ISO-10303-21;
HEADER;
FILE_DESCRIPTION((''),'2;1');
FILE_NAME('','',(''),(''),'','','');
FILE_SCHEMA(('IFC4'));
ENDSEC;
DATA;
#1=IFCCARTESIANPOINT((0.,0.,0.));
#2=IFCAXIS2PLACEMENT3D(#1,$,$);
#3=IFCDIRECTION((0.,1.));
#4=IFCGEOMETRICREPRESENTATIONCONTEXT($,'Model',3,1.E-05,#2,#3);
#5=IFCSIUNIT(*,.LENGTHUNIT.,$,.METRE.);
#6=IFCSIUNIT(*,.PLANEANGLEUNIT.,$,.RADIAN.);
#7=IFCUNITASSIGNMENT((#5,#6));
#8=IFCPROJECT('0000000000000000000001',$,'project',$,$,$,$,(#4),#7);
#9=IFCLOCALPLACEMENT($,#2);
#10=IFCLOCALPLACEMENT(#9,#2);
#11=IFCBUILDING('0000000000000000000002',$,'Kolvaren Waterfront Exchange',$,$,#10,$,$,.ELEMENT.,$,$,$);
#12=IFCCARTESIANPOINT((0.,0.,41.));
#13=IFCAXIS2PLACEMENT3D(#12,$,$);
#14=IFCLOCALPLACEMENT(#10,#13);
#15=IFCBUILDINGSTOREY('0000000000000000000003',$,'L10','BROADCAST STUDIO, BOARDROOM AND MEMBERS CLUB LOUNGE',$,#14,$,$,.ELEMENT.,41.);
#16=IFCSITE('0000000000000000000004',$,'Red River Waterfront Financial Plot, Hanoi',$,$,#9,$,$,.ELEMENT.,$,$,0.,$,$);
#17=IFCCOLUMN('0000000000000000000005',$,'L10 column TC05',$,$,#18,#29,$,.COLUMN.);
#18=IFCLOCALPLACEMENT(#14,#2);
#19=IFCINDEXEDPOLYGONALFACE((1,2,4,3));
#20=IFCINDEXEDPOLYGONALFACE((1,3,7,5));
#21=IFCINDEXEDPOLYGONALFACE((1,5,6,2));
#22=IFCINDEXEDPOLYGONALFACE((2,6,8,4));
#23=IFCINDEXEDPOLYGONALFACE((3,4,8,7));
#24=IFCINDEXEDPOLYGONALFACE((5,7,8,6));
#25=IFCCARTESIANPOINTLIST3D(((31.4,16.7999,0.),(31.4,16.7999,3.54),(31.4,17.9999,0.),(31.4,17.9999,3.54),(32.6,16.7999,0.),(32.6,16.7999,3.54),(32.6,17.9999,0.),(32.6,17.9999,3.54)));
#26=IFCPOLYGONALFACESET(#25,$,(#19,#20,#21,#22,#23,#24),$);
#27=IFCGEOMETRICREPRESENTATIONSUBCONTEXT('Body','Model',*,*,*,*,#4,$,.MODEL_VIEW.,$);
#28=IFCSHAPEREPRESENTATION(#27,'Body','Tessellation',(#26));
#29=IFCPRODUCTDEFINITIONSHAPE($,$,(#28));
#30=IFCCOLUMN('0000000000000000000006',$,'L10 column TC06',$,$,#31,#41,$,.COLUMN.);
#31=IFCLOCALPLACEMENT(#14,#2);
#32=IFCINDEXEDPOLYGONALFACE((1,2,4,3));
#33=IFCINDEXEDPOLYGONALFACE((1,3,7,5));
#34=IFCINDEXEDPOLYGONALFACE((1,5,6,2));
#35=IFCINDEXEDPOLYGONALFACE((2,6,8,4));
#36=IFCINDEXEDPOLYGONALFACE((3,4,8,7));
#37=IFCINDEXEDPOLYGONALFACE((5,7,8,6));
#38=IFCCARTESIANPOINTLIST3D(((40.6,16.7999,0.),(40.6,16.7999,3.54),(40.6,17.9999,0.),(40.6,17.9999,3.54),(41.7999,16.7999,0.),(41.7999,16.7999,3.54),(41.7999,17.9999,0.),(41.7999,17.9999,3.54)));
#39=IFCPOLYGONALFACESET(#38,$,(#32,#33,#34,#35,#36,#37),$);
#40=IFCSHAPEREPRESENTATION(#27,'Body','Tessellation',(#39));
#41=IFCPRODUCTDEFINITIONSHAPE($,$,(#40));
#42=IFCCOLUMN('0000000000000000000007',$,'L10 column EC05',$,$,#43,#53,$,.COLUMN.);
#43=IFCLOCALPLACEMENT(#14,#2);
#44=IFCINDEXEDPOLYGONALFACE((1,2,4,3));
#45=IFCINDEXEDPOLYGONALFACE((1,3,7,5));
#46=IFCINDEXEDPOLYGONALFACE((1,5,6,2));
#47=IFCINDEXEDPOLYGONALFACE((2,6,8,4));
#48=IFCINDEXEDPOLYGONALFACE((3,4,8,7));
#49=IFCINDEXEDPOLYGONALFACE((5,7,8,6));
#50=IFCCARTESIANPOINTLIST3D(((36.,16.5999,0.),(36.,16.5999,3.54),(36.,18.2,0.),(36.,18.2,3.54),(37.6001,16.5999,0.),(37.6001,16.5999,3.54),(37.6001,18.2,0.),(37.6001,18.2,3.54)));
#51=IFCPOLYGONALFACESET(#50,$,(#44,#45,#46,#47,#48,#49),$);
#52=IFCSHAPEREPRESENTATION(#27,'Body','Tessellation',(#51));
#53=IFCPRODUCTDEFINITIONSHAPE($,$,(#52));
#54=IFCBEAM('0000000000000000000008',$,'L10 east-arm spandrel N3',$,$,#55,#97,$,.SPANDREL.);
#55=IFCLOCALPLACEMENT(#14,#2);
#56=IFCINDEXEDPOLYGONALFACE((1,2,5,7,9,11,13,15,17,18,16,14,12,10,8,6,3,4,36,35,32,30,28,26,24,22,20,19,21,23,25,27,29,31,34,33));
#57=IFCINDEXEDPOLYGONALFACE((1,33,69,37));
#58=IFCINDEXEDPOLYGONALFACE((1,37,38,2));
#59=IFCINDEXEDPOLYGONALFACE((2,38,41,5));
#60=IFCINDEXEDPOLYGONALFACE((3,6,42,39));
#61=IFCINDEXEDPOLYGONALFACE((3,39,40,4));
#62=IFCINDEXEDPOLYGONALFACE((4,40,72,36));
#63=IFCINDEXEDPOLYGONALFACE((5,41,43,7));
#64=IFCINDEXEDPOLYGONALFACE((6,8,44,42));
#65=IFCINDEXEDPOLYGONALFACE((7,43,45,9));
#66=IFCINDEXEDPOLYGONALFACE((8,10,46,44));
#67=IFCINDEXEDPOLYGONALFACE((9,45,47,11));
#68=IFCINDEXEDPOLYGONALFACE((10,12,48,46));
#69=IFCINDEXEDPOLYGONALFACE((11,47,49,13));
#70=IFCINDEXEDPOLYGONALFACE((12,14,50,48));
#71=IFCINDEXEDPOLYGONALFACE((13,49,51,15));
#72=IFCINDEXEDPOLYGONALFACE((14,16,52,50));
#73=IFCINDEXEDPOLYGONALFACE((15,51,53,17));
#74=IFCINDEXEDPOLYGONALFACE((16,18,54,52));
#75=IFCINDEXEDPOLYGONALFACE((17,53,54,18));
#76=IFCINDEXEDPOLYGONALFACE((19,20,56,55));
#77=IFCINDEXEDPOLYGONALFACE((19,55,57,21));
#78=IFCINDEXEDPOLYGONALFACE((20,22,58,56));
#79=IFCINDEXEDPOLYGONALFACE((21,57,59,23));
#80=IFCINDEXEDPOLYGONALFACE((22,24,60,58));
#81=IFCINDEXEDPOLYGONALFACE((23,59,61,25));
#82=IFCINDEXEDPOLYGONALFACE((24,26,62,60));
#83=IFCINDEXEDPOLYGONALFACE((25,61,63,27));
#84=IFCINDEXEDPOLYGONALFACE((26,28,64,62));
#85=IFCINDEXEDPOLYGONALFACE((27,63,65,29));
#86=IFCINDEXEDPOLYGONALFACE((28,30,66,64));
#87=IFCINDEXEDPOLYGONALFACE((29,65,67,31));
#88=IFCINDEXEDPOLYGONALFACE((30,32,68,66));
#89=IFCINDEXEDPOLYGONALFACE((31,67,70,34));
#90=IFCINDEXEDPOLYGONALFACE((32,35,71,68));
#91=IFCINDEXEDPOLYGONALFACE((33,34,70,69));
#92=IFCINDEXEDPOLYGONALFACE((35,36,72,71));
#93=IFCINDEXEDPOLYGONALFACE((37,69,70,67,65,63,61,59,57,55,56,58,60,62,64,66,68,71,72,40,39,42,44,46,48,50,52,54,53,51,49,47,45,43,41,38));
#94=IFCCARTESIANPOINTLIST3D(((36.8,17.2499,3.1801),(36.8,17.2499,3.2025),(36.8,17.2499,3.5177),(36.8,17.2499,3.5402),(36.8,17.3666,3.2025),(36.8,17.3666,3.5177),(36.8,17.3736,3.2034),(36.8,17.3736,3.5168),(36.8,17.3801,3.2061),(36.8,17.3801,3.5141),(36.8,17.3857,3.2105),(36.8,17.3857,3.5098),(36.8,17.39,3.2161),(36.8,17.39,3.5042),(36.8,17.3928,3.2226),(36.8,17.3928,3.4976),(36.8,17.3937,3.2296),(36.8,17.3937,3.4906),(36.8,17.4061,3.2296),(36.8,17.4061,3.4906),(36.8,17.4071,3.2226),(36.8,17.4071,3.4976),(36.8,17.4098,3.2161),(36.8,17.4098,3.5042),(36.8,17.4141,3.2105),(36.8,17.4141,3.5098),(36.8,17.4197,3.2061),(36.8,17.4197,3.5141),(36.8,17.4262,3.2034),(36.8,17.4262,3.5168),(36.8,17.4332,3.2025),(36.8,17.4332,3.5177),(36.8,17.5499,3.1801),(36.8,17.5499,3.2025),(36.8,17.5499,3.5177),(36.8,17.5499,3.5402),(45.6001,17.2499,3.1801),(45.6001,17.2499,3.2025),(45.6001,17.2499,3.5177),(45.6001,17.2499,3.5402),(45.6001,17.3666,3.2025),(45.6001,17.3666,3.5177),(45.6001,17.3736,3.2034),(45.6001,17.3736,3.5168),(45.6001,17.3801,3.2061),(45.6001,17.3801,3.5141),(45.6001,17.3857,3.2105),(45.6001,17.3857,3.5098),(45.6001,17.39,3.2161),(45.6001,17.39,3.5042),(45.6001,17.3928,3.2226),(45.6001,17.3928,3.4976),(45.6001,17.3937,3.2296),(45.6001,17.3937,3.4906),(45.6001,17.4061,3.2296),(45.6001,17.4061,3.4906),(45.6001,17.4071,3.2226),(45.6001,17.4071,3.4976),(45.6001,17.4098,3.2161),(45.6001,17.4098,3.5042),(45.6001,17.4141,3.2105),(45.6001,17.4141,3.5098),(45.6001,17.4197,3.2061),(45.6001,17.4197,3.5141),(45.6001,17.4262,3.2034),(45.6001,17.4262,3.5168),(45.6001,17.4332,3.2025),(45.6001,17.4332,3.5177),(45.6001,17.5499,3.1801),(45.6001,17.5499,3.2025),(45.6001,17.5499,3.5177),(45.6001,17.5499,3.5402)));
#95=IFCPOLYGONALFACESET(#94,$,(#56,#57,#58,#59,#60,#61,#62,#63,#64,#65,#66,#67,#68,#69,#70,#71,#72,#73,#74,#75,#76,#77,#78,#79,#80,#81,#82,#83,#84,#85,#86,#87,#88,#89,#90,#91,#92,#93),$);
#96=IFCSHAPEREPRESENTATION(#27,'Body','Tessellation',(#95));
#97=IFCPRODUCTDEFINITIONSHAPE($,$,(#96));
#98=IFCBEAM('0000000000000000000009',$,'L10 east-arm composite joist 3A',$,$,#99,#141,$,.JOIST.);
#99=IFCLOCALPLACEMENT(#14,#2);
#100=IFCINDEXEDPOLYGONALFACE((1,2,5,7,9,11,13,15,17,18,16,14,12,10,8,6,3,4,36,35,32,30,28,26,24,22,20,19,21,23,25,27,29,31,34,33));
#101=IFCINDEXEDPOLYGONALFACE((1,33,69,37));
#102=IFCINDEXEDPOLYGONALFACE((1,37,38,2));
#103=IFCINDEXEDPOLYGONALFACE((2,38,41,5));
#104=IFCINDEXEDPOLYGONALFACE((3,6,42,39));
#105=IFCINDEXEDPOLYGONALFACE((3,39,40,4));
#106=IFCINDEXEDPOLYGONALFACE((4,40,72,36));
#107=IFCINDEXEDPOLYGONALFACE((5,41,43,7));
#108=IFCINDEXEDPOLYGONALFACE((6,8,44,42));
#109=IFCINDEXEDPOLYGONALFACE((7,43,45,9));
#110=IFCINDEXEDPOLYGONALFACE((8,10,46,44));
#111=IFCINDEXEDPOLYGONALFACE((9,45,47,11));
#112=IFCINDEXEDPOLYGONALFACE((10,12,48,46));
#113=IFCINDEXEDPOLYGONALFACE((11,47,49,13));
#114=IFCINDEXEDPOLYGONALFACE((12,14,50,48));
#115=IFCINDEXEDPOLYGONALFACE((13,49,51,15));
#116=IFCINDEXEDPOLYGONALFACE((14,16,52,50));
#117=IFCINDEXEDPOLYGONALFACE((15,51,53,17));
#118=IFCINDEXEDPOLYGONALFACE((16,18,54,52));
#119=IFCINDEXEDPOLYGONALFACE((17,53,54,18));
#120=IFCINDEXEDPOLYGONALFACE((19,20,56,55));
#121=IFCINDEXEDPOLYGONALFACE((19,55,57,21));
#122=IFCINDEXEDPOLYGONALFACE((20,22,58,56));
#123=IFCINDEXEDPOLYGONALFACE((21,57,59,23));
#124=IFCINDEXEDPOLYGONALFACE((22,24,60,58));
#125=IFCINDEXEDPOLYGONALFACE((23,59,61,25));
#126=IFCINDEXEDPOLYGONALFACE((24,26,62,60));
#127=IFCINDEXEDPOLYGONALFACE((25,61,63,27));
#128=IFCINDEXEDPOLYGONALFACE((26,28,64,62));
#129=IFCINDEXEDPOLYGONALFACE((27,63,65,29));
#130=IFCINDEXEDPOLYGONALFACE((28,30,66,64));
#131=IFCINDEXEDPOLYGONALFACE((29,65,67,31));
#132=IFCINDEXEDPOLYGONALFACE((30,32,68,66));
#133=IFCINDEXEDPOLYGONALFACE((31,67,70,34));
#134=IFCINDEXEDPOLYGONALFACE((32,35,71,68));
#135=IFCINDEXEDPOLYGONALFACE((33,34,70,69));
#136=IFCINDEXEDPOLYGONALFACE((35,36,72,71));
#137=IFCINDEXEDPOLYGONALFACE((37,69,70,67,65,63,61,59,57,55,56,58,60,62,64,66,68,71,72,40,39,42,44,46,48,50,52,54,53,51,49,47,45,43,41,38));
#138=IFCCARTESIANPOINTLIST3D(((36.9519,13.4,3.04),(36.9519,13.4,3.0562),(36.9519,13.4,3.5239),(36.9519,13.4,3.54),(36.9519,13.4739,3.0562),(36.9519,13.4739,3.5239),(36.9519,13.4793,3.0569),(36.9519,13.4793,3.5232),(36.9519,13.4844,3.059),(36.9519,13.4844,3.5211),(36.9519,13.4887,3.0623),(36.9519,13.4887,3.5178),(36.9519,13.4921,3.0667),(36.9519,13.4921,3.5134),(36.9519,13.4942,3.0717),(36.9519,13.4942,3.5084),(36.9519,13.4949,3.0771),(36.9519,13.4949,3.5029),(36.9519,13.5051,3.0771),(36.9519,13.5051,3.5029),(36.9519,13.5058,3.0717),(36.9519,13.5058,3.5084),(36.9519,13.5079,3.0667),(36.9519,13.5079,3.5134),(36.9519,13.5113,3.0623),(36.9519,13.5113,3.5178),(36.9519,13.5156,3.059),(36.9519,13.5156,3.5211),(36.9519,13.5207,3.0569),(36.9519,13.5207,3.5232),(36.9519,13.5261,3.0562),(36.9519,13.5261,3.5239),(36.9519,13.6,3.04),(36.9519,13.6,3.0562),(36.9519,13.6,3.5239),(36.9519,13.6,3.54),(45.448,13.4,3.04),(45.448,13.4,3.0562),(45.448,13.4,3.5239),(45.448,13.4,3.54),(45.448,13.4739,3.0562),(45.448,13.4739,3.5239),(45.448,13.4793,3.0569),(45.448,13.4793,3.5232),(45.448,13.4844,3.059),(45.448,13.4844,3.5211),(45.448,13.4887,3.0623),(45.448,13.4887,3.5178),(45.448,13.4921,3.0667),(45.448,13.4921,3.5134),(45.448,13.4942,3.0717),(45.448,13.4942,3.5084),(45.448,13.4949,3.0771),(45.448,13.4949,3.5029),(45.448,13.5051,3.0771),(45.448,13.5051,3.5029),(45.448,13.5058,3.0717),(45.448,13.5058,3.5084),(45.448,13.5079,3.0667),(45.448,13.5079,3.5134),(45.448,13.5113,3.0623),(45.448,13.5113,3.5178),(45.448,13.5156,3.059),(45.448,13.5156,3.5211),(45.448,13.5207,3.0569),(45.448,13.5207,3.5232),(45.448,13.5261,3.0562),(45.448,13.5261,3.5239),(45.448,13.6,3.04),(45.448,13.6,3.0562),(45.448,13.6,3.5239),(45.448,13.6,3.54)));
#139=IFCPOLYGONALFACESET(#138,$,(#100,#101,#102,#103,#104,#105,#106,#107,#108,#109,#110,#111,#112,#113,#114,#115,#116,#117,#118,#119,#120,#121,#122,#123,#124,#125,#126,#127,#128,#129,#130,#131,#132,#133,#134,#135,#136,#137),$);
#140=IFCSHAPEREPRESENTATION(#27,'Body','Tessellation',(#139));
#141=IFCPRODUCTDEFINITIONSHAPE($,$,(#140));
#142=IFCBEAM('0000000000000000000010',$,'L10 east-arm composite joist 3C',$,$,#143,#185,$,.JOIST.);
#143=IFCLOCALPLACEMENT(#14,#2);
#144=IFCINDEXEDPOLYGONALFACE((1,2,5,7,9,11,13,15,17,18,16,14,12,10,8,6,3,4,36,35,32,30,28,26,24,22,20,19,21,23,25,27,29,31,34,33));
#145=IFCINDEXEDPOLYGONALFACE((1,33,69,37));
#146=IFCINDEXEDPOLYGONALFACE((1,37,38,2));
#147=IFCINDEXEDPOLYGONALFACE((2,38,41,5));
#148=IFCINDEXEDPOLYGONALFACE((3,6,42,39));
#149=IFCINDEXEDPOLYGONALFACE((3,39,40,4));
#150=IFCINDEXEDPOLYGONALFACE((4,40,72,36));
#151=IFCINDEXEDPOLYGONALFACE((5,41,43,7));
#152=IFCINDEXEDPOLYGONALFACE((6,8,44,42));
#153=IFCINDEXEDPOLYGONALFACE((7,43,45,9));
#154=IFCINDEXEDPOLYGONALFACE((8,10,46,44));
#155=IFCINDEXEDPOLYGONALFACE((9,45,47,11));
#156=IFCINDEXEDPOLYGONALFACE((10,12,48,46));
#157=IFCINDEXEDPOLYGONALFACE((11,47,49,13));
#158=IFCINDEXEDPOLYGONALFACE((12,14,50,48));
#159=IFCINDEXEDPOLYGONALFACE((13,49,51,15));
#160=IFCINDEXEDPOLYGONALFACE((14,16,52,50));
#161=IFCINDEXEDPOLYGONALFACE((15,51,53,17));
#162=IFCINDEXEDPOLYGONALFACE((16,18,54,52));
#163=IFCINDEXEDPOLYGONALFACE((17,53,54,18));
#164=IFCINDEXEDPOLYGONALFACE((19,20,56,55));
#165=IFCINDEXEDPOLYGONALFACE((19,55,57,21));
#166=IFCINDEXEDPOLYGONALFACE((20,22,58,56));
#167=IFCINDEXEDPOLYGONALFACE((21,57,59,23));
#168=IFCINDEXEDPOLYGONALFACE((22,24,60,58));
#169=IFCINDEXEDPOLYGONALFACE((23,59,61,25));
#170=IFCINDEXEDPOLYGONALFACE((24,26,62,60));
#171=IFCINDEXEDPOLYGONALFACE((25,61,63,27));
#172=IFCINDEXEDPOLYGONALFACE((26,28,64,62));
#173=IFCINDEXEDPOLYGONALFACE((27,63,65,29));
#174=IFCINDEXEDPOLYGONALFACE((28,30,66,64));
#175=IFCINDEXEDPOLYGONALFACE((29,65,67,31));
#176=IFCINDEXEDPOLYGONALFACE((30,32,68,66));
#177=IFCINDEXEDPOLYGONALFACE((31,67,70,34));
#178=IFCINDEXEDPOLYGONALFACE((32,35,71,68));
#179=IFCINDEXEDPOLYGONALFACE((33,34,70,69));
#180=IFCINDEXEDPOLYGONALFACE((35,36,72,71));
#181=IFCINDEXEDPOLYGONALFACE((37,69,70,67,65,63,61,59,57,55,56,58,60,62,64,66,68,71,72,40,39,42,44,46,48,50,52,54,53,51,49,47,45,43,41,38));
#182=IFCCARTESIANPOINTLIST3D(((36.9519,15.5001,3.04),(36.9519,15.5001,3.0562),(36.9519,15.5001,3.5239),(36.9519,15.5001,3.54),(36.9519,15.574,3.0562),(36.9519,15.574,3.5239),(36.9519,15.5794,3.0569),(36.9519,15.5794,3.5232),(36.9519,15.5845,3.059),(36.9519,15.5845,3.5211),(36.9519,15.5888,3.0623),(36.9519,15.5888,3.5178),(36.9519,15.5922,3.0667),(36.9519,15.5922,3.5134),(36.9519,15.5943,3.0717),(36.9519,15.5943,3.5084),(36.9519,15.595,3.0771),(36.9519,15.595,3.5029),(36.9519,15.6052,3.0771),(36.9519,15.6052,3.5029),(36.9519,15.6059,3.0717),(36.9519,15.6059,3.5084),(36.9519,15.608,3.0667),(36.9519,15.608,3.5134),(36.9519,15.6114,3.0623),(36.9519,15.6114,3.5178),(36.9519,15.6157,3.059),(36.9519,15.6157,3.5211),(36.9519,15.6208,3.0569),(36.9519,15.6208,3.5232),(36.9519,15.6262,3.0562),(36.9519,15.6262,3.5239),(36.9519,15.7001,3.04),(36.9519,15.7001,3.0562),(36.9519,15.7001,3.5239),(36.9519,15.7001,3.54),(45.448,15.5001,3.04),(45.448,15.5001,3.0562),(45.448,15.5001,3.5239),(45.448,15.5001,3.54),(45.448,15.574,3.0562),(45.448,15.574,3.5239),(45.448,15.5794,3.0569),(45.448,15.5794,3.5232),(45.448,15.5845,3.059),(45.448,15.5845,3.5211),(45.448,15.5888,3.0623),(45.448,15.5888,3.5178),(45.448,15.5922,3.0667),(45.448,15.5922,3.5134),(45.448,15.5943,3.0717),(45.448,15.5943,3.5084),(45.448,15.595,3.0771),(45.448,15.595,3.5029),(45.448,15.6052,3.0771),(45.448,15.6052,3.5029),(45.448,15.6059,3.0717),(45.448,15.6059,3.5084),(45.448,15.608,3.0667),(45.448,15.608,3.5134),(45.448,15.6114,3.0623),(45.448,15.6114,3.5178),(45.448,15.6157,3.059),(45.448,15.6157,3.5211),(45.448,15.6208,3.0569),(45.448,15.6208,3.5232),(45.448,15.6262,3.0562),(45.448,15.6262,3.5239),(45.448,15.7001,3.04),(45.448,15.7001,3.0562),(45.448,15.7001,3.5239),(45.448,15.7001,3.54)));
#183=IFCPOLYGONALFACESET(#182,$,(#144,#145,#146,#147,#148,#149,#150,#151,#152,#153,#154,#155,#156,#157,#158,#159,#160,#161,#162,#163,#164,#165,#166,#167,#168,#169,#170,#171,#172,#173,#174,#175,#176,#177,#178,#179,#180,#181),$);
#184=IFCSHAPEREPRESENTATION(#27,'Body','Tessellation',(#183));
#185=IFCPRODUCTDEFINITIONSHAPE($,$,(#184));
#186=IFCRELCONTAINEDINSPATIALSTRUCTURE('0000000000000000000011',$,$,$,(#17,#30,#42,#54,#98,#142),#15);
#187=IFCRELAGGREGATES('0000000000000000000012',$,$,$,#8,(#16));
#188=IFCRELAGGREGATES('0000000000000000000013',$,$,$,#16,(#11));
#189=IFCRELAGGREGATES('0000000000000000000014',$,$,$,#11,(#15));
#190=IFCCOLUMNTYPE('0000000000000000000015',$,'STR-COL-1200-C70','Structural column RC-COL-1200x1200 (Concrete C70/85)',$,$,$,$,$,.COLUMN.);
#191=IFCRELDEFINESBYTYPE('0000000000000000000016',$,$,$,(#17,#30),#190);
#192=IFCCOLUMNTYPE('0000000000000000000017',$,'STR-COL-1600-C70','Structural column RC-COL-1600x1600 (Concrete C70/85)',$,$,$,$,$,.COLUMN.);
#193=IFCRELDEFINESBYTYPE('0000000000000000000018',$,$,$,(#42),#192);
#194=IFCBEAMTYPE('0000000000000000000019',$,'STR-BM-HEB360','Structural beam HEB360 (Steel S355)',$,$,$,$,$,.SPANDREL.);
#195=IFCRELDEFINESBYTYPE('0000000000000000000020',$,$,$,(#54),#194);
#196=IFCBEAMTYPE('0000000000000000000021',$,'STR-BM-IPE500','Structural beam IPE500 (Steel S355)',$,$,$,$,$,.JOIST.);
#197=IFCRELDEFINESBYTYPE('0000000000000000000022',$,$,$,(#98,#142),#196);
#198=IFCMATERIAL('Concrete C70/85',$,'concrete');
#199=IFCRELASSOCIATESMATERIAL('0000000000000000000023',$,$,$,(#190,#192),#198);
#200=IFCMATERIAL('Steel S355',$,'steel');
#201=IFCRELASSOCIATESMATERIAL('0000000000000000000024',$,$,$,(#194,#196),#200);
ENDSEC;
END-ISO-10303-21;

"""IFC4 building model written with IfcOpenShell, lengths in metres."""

from ifc_helpers import new_model, si_unit, direction, frame, origin, origin_2d, place, context, subcontext, project, spatial, rectangle, i_section, extrude, material, material_profile, profile_set, type_object, element, save


model = new_model("IFC4")

# Units and contexts
model_context = context("Model", 3, precision=1e-05, world=origin(), true_north=direction((0.0, 1.0)))
body_context = subcontext(model_context, "Body", "Model", "MODEL_VIEW")
ifc_project = project(units=[si_unit("LENGTHUNIT", "METRE"), si_unit("PLANEANGLEUNIT", "RADIAN")], contexts=[model_context])

# Site, building, storey
site_placement = place(None, origin())
site = spatial("IfcSite", under=ifc_project, at=site_placement, Name="Red River Waterfront Financial Plot, Hanoi", CompositionType="ELEMENT", RefElevation=0.0)
building_placement = place(site_placement, origin())
building = spatial("IfcBuilding", under=site, at=building_placement, Name="Kolvaren Waterfront Exchange", CompositionType="ELEMENT")
storey_placement = place(building_placement, frame((0.0, 0.0, 41.0)))
storey = spatial("IfcBuildingStorey", under=building, at=storey_placement, Name="L10", Description="BROADCAST STUDIO, BOARDROOM AND MEMBERS CLUB LOUNGE", CompositionType="ELEMENT", Elevation=41.0)

# Columns
ifc_material_1 = material(Name="Concrete C70/85", Category="concrete")
ifc_material_profile_1 = material_profile(ifc_material_1, rectangle(XDim=1.2, YDim=1.2, at=origin_2d()), Name="RC-COL-1200x1200")
ifc_profile_set_1 = profile_set([ifc_material_profile_1], Name="Concrete C70/85")
column_type_1 = type_object("IfcColumnType", Name="STR-COL-1200-C70", Description="Structural column RC-COL-1200x1200 (Concrete C70/85)", PredefinedType="COLUMN", material=ifc_profile_set_1)
for number, where, z_axis, x_axis, name in (
    (1, (32.0, 17.3999, 0.0), (0.0, 0.0, 1.0), (1.0, 0.0, 0.0), "L10 column TC05"),
    (2, (41.2, 17.3999, 0.0), (0.0, 0.0, 1.0), (1.0, 0.0, 0.0), "L10 column TC06"),
):
    element("IfcColumn", number, at=place(storey_placement, frame(where, z_axis=z_axis, x_axis=x_axis)), inside=storey, type_object=column_type_1, Name=name, PredefinedType="COLUMN", context=body_context, shape_type="SweptSolid", body=[
        extrude(rectangle(XDim=1.2, YDim=1.2, at=origin_2d()), origin(), (0.0, 0.0, 1.0), 3.54),
    ])
ifc_material_profile_2 = material_profile(ifc_material_1, rectangle(XDim=1.6001, YDim=1.6001, at=origin_2d()), Name="RC-COL-1600x1600")
ifc_profile_set_2 = profile_set([ifc_material_profile_2], Name="Concrete C70/85")
column_type_2 = type_object("IfcColumnType", Name="STR-COL-1600-C70", Description="Structural column RC-COL-1600x1600 (Concrete C70/85)", PredefinedType="COLUMN", material=ifc_profile_set_2)
column_placement = place(storey_placement, frame((36.8, 17.3999, 0.0), z_axis=(0.0, 0.0, 1.0), x_axis=(1.0, 0.0, 0.0)))
element("IfcColumn", 3, at=column_placement, inside=storey, type_object=column_type_2, Name="L10 column EC05", PredefinedType="COLUMN", context=body_context, shape_type="SweptSolid", body=[
    extrude(rectangle(XDim=1.6001, YDim=1.6001, at=origin_2d()), origin(), (0.0, 0.0, 1.0), 3.54),
])

# Beams
ifc_material_2 = material(Name="Steel S355", Category="steel")
ifc_material_profile_3 = material_profile(ifc_material_2, i_section(OverallWidth=0.3, OverallDepth=0.3601, WebThickness=0.0125, FlangeThickness=0.0225, FilletRadius=0.0271, at=origin_2d()), Name="HEB360")
ifc_profile_set_3 = profile_set([ifc_material_profile_3], Name="Steel S355")
beam_type_1 = type_object("IfcBeamType", Name="STR-BM-HEB360", Description="Structural beam HEB360 (Steel S355)", PredefinedType="SPANDREL", material=ifc_profile_set_3)
beam_placement = place(storey_placement, frame((36.8, 17.3999, 3.3601), z_axis=(1.0, 0.0, 0.0), x_axis=(0.0, 1.0, 0.0)))
element("IfcBeam", 4, at=beam_placement, inside=storey, type_object=beam_type_1, Name="L10 east-arm spandrel N3", PredefinedType="SPANDREL", context=body_context, shape_type="SweptSolid", body=[
    extrude(i_section(OverallWidth=0.3, OverallDepth=0.3601, WebThickness=0.0125, FlangeThickness=0.0225, FilletRadius=0.0271, at=origin_2d()), origin(), (0.0, 0.0, 1.0), 8.8),
])
ifc_material_profile_4 = material_profile(ifc_material_2, i_section(OverallWidth=0.2, OverallDepth=0.5, WebThickness=0.0103, FlangeThickness=0.0161, FilletRadius=0.021, at=origin_2d()), Name="IPE500")
ifc_profile_set_4 = profile_set([ifc_material_profile_4], Name="Steel S355")
beam_type_2 = type_object("IfcBeamType", Name="STR-BM-IPE500", Description="Structural beam IPE500 (Steel S355)", PredefinedType="JOIST", material=ifc_profile_set_4)
for number, where, z_axis, x_axis, name in (
    (5, (36.9519, 13.5, 3.29), (1.0, 0.0, 0.0), (0.0, 1.0, 0.0), "L10 east-arm composite joist 3A"),
    (6, (36.9519, 15.6001, 3.29), (1.0, 0.0, 0.0), (0.0, 1.0, 0.0), "L10 east-arm composite joist 3C"),
):
    element("IfcBeam", number, at=place(storey_placement, frame(where, z_axis=z_axis, x_axis=x_axis)), inside=storey, type_object=beam_type_2, Name=name, PredefinedType="JOIST", context=body_context, shape_type="SweptSolid", body=[
        extrude(i_section(OverallWidth=0.2, OverallDepth=0.5, WebThickness=0.0103, FlangeThickness=0.0161, FilletRadius=0.021, at=origin_2d()), origin(), (0.0, 0.0, 1.0), 8.4961),
    ])

save(model, "model.ifc")
